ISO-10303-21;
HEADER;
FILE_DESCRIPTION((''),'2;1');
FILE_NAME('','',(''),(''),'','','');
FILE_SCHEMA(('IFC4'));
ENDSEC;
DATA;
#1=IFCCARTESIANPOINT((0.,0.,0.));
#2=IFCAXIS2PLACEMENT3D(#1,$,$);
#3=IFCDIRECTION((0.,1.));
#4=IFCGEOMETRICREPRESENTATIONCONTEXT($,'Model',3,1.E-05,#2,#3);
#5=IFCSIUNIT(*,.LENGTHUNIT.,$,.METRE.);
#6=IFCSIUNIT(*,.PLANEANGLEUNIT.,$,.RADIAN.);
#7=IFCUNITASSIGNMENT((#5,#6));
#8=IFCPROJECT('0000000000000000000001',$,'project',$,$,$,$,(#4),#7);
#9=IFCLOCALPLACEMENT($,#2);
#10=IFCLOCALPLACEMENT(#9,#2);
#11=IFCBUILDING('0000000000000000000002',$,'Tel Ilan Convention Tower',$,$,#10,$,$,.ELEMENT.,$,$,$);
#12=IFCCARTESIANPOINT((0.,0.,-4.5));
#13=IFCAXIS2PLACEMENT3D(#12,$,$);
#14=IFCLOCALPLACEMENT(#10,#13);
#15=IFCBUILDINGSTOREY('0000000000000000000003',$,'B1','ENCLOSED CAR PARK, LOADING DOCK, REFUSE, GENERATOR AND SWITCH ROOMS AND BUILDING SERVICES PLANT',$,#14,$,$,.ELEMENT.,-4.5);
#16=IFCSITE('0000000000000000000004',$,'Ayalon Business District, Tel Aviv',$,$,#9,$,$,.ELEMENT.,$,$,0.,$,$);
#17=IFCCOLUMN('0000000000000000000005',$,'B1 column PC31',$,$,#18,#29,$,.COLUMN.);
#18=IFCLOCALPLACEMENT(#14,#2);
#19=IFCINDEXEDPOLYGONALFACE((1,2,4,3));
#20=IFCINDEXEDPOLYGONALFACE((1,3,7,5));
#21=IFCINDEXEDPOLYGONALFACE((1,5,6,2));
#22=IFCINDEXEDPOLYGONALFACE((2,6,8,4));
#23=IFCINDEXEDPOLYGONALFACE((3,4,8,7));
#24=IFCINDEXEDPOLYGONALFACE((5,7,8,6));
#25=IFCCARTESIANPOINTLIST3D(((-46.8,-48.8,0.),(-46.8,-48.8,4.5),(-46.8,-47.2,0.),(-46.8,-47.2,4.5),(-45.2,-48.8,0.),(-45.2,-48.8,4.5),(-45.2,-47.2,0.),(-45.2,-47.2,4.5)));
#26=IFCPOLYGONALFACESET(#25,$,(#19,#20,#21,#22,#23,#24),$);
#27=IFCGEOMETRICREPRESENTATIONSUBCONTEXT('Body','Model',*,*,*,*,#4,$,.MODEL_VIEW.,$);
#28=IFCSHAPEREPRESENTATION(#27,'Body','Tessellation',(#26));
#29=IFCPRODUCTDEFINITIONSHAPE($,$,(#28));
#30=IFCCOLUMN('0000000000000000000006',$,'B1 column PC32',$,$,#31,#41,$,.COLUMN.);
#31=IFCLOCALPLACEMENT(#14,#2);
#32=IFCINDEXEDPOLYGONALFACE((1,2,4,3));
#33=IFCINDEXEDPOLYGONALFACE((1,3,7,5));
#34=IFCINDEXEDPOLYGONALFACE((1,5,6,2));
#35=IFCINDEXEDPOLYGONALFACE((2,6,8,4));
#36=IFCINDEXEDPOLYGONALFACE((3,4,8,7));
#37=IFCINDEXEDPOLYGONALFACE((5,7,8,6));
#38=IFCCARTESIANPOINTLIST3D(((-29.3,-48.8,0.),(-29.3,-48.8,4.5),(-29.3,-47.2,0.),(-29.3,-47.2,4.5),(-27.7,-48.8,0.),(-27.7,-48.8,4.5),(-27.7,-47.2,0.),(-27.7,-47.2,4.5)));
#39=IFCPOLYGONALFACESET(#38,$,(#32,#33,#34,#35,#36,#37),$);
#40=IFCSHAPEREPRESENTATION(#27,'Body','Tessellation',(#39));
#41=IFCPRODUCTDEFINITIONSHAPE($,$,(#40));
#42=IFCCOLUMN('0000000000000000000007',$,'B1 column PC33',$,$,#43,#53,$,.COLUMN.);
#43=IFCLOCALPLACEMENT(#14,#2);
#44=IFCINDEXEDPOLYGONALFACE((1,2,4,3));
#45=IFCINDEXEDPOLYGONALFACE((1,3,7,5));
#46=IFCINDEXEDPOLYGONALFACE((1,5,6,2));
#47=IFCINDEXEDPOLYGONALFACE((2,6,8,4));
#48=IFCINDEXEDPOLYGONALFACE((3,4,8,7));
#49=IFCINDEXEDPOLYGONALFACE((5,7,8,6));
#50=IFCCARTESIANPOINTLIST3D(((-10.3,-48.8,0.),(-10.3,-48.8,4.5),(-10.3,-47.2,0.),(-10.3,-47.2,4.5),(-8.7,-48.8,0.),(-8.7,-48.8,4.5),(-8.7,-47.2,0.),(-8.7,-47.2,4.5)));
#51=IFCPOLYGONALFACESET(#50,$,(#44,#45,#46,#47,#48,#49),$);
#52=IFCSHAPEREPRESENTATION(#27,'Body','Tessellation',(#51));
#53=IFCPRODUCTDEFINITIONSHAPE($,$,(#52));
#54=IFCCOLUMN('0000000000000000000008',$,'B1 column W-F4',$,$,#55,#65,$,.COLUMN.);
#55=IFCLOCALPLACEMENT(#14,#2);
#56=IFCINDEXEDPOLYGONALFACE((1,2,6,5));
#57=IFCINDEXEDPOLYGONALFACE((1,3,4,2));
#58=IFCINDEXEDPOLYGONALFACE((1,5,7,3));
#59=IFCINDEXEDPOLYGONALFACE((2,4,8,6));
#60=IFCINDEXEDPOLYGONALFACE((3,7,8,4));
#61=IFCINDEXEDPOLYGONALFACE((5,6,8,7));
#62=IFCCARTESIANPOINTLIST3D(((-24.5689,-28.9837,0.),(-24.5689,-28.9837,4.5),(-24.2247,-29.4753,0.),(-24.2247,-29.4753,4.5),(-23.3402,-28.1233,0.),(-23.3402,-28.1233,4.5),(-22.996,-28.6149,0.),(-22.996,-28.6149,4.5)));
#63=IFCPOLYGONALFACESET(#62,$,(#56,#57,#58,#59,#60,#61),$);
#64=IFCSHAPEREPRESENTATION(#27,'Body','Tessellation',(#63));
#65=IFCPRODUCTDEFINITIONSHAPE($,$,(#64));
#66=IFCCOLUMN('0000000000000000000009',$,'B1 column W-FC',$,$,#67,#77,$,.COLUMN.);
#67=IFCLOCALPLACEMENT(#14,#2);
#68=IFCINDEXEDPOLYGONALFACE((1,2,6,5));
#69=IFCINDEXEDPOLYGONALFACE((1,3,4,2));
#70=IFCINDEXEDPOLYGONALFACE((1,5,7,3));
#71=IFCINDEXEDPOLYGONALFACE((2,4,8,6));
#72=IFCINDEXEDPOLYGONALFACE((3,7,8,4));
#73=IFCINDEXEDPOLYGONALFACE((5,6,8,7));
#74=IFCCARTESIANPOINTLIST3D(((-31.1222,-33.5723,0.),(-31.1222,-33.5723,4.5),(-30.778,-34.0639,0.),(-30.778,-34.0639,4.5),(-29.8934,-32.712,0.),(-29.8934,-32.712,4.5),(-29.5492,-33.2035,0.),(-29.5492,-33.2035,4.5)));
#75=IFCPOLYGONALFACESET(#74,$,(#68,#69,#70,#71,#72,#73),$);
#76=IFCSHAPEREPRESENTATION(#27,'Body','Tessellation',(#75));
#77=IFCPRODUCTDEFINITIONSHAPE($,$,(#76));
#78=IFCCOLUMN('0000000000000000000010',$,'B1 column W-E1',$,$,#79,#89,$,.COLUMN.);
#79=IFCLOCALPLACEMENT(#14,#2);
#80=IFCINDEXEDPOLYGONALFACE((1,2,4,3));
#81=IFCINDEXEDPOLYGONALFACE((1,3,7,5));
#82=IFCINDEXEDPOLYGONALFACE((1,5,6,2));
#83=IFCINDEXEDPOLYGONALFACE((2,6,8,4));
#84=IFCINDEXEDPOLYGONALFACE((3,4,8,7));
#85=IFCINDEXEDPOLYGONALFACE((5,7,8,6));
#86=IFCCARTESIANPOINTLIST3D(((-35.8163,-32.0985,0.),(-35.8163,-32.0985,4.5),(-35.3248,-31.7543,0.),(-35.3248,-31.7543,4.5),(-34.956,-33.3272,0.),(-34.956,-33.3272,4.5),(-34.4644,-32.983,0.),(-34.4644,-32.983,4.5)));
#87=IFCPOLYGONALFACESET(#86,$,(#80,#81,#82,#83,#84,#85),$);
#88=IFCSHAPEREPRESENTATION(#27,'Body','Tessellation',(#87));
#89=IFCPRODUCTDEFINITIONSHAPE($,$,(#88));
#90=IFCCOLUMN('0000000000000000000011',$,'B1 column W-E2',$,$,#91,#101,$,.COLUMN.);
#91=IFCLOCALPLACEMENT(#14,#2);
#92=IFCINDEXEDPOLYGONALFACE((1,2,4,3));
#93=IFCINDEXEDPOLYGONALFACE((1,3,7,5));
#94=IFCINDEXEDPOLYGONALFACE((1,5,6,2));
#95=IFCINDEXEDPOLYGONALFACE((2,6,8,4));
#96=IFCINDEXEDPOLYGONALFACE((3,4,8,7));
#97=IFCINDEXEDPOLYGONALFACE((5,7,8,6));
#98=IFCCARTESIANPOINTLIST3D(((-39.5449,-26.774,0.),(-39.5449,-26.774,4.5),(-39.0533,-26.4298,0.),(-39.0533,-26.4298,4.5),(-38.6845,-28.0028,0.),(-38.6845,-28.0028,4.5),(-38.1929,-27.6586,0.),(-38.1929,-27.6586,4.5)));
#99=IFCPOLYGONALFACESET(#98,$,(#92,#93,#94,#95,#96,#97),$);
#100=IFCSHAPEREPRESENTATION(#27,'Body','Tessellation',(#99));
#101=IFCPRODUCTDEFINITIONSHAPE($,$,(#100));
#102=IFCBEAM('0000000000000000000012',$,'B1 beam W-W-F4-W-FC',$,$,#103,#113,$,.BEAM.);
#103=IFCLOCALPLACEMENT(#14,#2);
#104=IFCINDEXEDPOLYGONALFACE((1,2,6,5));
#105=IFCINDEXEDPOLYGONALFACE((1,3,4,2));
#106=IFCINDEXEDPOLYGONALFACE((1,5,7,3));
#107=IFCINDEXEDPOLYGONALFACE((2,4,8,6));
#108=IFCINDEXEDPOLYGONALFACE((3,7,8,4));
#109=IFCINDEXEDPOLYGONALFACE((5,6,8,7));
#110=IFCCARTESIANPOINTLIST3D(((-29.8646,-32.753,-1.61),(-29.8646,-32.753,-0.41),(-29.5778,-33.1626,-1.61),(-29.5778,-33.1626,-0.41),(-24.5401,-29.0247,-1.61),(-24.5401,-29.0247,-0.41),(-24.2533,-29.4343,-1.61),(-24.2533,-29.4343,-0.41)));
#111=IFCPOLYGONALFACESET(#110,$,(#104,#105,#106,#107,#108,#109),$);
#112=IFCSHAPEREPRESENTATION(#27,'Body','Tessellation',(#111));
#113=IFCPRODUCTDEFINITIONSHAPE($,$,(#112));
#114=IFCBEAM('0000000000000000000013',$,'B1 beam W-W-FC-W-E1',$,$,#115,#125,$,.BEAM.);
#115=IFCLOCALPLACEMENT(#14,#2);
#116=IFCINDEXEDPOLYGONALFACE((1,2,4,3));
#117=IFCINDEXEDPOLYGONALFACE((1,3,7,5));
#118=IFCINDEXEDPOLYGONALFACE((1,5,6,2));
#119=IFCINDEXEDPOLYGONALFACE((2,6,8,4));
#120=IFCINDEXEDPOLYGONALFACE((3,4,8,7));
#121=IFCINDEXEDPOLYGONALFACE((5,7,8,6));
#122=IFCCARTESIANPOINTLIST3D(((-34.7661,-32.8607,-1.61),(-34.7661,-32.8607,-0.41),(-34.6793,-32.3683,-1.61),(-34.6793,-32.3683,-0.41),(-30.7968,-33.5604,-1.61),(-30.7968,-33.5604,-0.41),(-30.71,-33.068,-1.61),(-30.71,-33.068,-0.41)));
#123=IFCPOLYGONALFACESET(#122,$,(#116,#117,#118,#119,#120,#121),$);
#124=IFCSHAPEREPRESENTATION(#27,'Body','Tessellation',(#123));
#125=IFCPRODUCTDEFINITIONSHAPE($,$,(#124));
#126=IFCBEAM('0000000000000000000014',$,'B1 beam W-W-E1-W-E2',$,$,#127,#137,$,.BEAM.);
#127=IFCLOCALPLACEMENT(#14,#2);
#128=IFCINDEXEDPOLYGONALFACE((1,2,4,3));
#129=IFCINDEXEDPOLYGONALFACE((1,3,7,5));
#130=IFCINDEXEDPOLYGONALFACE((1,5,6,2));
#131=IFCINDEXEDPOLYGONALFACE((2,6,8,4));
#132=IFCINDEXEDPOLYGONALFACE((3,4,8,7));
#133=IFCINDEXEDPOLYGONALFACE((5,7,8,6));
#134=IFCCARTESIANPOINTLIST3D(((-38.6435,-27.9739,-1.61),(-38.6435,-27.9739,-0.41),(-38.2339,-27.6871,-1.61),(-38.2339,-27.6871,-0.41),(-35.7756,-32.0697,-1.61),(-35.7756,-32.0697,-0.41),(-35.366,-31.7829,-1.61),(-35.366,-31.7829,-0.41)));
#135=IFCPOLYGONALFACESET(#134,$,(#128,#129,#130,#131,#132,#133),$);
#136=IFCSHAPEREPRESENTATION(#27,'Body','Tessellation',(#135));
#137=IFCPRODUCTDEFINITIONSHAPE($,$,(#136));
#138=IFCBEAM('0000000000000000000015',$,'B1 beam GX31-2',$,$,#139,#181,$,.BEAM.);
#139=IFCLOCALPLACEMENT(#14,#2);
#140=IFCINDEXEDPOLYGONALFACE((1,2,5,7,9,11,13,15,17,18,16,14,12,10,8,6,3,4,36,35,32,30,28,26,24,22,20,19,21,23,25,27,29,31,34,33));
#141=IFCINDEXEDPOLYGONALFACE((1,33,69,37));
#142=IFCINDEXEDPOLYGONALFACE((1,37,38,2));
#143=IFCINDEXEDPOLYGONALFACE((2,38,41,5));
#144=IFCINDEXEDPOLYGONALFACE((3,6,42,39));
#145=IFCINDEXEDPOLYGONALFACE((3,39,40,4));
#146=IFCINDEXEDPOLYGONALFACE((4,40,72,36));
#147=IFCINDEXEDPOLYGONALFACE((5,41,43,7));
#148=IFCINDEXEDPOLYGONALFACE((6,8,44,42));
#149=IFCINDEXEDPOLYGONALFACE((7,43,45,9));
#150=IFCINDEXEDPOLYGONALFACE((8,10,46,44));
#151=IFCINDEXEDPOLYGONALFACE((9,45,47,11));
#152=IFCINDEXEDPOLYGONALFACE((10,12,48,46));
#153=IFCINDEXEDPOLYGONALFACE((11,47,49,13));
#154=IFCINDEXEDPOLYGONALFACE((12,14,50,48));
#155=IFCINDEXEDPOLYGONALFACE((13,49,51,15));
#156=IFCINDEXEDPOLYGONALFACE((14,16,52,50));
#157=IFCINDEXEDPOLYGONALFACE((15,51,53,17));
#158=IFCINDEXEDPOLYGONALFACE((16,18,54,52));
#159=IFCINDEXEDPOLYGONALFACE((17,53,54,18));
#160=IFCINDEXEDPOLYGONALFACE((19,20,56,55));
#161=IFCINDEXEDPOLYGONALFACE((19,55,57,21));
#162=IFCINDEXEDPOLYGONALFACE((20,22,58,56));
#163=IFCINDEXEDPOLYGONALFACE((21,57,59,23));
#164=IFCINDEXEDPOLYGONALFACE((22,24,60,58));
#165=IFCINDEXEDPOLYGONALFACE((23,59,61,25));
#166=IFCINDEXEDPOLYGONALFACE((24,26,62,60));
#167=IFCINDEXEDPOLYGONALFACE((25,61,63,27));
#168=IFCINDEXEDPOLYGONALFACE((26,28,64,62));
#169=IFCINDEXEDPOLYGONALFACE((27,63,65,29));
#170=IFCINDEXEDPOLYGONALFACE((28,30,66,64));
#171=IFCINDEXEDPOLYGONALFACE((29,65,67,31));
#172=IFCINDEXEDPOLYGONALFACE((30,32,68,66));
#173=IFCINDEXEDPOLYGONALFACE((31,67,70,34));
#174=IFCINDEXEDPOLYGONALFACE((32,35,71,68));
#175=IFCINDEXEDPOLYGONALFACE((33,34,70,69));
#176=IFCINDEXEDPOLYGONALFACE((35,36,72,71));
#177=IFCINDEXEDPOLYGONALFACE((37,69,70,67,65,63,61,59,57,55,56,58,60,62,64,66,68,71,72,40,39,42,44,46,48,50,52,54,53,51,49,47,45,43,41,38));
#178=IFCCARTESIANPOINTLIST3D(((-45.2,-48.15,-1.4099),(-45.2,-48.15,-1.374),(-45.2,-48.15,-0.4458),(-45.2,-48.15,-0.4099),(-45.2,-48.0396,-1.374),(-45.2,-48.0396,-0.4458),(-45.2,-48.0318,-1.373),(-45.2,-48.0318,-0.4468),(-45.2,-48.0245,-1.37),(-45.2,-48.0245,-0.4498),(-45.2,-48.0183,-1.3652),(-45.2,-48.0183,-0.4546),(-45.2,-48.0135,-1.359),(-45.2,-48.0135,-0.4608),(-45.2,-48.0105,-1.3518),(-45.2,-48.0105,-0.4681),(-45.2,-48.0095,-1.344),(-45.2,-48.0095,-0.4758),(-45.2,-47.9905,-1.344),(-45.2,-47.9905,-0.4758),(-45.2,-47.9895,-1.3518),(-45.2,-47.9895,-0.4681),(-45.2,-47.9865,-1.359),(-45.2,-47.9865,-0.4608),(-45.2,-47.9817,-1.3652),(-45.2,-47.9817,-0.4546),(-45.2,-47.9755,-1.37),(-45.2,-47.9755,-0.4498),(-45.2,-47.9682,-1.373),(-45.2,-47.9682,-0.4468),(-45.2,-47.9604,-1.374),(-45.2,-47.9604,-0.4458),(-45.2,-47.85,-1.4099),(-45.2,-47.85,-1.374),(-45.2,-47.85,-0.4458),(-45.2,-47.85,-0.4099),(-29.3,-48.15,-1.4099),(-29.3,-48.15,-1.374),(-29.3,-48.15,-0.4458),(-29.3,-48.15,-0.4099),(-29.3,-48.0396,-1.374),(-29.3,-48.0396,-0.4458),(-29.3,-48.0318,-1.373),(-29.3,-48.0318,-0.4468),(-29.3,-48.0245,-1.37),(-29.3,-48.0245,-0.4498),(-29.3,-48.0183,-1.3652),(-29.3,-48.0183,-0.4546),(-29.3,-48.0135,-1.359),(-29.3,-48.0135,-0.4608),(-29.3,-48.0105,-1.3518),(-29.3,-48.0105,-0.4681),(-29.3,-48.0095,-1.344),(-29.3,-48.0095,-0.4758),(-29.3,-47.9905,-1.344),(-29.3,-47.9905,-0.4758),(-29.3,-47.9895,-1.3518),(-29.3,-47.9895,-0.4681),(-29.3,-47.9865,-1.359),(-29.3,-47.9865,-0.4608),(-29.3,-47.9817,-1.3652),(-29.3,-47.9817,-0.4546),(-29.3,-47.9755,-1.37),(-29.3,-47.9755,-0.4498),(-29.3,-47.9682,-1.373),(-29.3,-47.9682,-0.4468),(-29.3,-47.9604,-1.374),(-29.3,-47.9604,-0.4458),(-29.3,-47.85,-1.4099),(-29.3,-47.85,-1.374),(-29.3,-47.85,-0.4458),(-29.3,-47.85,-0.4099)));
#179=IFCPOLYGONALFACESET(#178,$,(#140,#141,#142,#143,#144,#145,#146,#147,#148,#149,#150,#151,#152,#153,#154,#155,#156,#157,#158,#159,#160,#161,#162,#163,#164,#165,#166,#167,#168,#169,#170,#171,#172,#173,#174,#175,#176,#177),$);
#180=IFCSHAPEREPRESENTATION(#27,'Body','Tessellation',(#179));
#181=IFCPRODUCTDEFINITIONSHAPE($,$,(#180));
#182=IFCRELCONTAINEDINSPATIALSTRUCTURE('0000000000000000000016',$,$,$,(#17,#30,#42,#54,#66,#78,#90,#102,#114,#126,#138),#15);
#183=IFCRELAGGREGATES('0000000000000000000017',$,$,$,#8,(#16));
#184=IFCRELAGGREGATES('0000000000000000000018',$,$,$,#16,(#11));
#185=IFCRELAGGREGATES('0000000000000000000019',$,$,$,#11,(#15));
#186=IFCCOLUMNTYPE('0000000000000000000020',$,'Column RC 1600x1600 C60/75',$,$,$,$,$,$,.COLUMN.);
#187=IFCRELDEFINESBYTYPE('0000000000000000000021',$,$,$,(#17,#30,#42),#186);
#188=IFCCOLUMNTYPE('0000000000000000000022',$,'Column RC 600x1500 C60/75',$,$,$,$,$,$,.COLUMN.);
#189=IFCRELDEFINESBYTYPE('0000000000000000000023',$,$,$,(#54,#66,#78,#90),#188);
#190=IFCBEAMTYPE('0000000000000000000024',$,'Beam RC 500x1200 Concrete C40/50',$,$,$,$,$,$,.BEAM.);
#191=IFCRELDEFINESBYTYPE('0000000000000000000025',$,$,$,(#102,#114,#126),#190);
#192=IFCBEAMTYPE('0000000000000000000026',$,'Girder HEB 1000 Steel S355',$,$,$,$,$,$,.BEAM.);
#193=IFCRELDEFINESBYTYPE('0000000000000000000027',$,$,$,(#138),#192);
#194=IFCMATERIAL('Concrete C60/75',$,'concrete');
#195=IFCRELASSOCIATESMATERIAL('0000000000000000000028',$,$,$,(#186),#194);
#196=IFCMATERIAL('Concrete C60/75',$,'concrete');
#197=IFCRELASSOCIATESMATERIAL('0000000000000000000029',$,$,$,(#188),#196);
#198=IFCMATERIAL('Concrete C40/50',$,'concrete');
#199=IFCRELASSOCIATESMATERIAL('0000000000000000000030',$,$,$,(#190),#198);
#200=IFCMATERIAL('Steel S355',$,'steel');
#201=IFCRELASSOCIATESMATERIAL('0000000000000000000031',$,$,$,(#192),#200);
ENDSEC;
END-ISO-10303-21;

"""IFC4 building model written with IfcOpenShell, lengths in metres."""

from ifc_helpers import new_model, si_unit, direction, frame, origin, origin_2d, place, context, subcontext, project, spatial, rectangle, i_section, extrude, material, material_profile, profile_set, type_object, element, save


model = new_model("IFC4")

# Units and contexts
model_context = context("Model", 3, precision=1e-05, world=origin(), true_north=direction((0.0, 1.0)))
body_context = subcontext(model_context, "Body", "Model", "MODEL_VIEW")
ifc_project = project(units=[si_unit("LENGTHUNIT", "METRE"), si_unit("PLANEANGLEUNIT", "RADIAN")], contexts=[model_context])

# Site, building, storey
site_placement = place(None, origin())
site = spatial("IfcSite", under=ifc_project, at=site_placement, Name="Ayalon Business District, Tel Aviv", CompositionType="ELEMENT", RefElevation=0.0)
building_placement = place(site_placement, origin())
building = spatial("IfcBuilding", under=site, at=building_placement, Name="Tel Ilan Convention Tower", CompositionType="ELEMENT")
storey_placement = place(building_placement, frame((0.0, 0.0, -4.5)))
storey = spatial("IfcBuildingStorey", under=building, at=storey_placement, Name="B1", Description="ENCLOSED CAR PARK, LOADING DOCK, REFUSE, GENERATOR AND SWITCH ROOMS AND BUILDING SERVICES PLANT", CompositionType="ELEMENT", Elevation=-4.5)

# Columns
ifc_material_1 = material(Name="Concrete C60/75", Category="concrete")
ifc_material_profile_1 = material_profile(ifc_material_1, rectangle(XDim=1.6001, YDim=1.6001, at=origin_2d()), Name="RC 1600x1600")
ifc_profile_set_1 = profile_set([ifc_material_profile_1], Name="Concrete C60/75")
column_type_1 = type_object("IfcColumnType", Name="Column RC 1600x1600 C60/75", PredefinedType="COLUMN", material=ifc_profile_set_1)
for number, where, z_axis, x_axis, name in (
    (1, (-46.0, -48.0, 0.0), (0.0, 0.0, 1.0), (1.0, 0.0, 0.0), "B1 column PC31"),
    (2, (-28.5, -48.0, 0.0), (0.0, 0.0, 1.0), (1.0, 0.0, 0.0), "B1 column PC32"),
    (3, (-9.5, -48.0, 0.0), (0.0, 0.0, 1.0), (1.0, 0.0, 0.0), "B1 column PC33"),
):
    element("IfcColumn", number, at=place(storey_placement, frame(where, z_axis=z_axis, x_axis=x_axis)), inside=storey, type_object=column_type_1, Name=name, PredefinedType="COLUMN", context=body_context, shape_type="SweptSolid", body=[
        extrude(rectangle(XDim=1.6001, YDim=1.6001, at=origin_2d()), origin(), (0.0, 0.0, 1.0), 4.5),
    ])
ifc_material_2 = material(Name="Concrete C60/75", Category="concrete")
ifc_material_profile_2 = material_profile(ifc_material_2, rectangle(XDim=1.5, YDim=0.6001, at=origin_2d()), Name="RC 600x1500")
ifc_profile_set_2 = profile_set([ifc_material_profile_2], Name="Concrete C60/75")
column_type_2 = type_object("IfcColumnType", Name="Column RC 600x1500 C60/75", PredefinedType="COLUMN", material=ifc_profile_set_2)
for number, where, z_axis, x_axis, name in (
    (4, (-23.7825, -28.7993, 0.0), (0.0, 0.0, 1.0), (-0.819152, -0.573576, 0.0), "B1 column W-F4"),
    (5, (-30.3357, -33.3879, 0.0), (0.0, 0.0, 1.0), (-0.819152, -0.573576, 0.0), "B1 column W-FC"),
    (6, (-35.1404, -32.5408, 0.0), (0.0, 0.0, 1.0), (-0.573576, 0.819152, 0.0), "B1 column W-E1"),
    (7, (-38.8689, -27.2163, 0.0), (0.0, 0.0, 1.0), (-0.573576, 0.819152, 0.0), "B1 column W-E2"),
):
    element("IfcColumn", number, at=place(storey_placement, frame(where, z_axis=z_axis, x_axis=x_axis)), inside=storey, type_object=column_type_2, Name=name, PredefinedType="COLUMN", context=body_context, shape_type="SweptSolid", body=[
        extrude(rectangle(XDim=1.5, YDim=0.6001, at=origin_2d()), origin(), (0.0, 0.0, 1.0), 4.5),
    ])

# Beams
ifc_material_3 = material(Name="Concrete C40/50", Category="concrete")
ifc_material_profile_3 = material_profile(ifc_material_3, rectangle(XDim=0.5, YDim=1.2, at=origin_2d()), Name="RC 500x1200")
ifc_profile_set_3 = profile_set([ifc_material_profile_3], Name="Concrete C40/50")
beam_type_1 = type_object("IfcBeamType", Name="Beam RC 500x1200 Concrete C40/50", PredefinedType="BEAM", material=ifc_profile_set_3)
beam_1_placement = place(storey_placement, frame((-24.3967, -29.2295, -1.01), z_axis=(-0.819149, -0.573581, 0.0), x_axis=(0.573581, -0.819149, 0.0)))
element("IfcBeam", 8, at=beam_1_placement, inside=storey, type_object=beam_type_1, Name="B1 beam W-W-F4-W-FC", PredefinedType="BEAM", context=body_context, shape_type="SweptSolid", body=[
    extrude(rectangle(XDim=0.5, YDim=1.2, at=origin_2d()), origin(), (0.0, 0.0, 1.0), 6.5),
])
beam_2_placement = place(storey_placement, frame((-30.7534, -33.3142, -1.01), z_axis=(-0.984815, 0.173606, 0.0), x_axis=(-0.173606, -0.984815, 0.0)))
element("IfcBeam", 9, at=beam_2_placement, inside=storey, type_object=beam_type_1, Name="B1 beam W-W-FC-W-E1", PredefinedType="BEAM", context=body_context, shape_type="SweptSolid", body=[
    extrude(rectangle(XDim=0.5, YDim=1.2, at=origin_2d()), origin(), (0.0, 0.0, 1.0), 4.0305),
])
beam_3_placement = place(storey_placement, frame((-35.5708, -31.9263, -1.01), z_axis=(-0.573587, 0.819145, 0.0), x_axis=(-0.819145, -0.573587, 0.0)))
element("IfcBeam", 10, at=beam_3_placement, inside=storey, type_object=beam_type_1, Name="B1 beam W-W-E1-W-E2", PredefinedType="BEAM", context=body_context, shape_type="SweptSolid", body=[
    extrude(rectangle(XDim=0.5, YDim=1.2, at=origin_2d()), origin(), (0.0, 0.0, 1.0), 5.0),
])
ifc_material_4 = material(Name="Steel S355", Category="steel")
ifc_material_profile_4 = material_profile(ifc_material_4, i_section(OverallWidth=0.3, OverallDepth=1.0, WebThickness=0.019, FlangeThickness=0.0359, FilletRadius=0.03, at=origin_2d()), Name="HEB 1000")
ifc_profile_set_4 = profile_set([ifc_material_profile_4], Name="Steel S355")
beam_type_2 = type_object("IfcBeamType", Name="Girder HEB 1000 Steel S355", PredefinedType="BEAM", material=ifc_profile_set_4)
beam_4_placement = place(storey_placement, frame((-45.2, -48.0, -0.9099), z_axis=(1.0, 0.0, 0.0), x_axis=(0.0, 1.0, 0.0)))
element("IfcBeam", 11, at=beam_4_placement, inside=storey, type_object=beam_type_2, Name="B1 beam GX31-2", PredefinedType="BEAM", context=body_context, shape_type="SweptSolid", body=[
    extrude(i_section(OverallWidth=0.3, OverallDepth=1.0, WebThickness=0.019, FlangeThickness=0.0359, FilletRadius=0.03, at=origin_2d()), origin(), (0.0, 0.0, 1.0), 15.8999),
])

save(model, "model.ifc")
